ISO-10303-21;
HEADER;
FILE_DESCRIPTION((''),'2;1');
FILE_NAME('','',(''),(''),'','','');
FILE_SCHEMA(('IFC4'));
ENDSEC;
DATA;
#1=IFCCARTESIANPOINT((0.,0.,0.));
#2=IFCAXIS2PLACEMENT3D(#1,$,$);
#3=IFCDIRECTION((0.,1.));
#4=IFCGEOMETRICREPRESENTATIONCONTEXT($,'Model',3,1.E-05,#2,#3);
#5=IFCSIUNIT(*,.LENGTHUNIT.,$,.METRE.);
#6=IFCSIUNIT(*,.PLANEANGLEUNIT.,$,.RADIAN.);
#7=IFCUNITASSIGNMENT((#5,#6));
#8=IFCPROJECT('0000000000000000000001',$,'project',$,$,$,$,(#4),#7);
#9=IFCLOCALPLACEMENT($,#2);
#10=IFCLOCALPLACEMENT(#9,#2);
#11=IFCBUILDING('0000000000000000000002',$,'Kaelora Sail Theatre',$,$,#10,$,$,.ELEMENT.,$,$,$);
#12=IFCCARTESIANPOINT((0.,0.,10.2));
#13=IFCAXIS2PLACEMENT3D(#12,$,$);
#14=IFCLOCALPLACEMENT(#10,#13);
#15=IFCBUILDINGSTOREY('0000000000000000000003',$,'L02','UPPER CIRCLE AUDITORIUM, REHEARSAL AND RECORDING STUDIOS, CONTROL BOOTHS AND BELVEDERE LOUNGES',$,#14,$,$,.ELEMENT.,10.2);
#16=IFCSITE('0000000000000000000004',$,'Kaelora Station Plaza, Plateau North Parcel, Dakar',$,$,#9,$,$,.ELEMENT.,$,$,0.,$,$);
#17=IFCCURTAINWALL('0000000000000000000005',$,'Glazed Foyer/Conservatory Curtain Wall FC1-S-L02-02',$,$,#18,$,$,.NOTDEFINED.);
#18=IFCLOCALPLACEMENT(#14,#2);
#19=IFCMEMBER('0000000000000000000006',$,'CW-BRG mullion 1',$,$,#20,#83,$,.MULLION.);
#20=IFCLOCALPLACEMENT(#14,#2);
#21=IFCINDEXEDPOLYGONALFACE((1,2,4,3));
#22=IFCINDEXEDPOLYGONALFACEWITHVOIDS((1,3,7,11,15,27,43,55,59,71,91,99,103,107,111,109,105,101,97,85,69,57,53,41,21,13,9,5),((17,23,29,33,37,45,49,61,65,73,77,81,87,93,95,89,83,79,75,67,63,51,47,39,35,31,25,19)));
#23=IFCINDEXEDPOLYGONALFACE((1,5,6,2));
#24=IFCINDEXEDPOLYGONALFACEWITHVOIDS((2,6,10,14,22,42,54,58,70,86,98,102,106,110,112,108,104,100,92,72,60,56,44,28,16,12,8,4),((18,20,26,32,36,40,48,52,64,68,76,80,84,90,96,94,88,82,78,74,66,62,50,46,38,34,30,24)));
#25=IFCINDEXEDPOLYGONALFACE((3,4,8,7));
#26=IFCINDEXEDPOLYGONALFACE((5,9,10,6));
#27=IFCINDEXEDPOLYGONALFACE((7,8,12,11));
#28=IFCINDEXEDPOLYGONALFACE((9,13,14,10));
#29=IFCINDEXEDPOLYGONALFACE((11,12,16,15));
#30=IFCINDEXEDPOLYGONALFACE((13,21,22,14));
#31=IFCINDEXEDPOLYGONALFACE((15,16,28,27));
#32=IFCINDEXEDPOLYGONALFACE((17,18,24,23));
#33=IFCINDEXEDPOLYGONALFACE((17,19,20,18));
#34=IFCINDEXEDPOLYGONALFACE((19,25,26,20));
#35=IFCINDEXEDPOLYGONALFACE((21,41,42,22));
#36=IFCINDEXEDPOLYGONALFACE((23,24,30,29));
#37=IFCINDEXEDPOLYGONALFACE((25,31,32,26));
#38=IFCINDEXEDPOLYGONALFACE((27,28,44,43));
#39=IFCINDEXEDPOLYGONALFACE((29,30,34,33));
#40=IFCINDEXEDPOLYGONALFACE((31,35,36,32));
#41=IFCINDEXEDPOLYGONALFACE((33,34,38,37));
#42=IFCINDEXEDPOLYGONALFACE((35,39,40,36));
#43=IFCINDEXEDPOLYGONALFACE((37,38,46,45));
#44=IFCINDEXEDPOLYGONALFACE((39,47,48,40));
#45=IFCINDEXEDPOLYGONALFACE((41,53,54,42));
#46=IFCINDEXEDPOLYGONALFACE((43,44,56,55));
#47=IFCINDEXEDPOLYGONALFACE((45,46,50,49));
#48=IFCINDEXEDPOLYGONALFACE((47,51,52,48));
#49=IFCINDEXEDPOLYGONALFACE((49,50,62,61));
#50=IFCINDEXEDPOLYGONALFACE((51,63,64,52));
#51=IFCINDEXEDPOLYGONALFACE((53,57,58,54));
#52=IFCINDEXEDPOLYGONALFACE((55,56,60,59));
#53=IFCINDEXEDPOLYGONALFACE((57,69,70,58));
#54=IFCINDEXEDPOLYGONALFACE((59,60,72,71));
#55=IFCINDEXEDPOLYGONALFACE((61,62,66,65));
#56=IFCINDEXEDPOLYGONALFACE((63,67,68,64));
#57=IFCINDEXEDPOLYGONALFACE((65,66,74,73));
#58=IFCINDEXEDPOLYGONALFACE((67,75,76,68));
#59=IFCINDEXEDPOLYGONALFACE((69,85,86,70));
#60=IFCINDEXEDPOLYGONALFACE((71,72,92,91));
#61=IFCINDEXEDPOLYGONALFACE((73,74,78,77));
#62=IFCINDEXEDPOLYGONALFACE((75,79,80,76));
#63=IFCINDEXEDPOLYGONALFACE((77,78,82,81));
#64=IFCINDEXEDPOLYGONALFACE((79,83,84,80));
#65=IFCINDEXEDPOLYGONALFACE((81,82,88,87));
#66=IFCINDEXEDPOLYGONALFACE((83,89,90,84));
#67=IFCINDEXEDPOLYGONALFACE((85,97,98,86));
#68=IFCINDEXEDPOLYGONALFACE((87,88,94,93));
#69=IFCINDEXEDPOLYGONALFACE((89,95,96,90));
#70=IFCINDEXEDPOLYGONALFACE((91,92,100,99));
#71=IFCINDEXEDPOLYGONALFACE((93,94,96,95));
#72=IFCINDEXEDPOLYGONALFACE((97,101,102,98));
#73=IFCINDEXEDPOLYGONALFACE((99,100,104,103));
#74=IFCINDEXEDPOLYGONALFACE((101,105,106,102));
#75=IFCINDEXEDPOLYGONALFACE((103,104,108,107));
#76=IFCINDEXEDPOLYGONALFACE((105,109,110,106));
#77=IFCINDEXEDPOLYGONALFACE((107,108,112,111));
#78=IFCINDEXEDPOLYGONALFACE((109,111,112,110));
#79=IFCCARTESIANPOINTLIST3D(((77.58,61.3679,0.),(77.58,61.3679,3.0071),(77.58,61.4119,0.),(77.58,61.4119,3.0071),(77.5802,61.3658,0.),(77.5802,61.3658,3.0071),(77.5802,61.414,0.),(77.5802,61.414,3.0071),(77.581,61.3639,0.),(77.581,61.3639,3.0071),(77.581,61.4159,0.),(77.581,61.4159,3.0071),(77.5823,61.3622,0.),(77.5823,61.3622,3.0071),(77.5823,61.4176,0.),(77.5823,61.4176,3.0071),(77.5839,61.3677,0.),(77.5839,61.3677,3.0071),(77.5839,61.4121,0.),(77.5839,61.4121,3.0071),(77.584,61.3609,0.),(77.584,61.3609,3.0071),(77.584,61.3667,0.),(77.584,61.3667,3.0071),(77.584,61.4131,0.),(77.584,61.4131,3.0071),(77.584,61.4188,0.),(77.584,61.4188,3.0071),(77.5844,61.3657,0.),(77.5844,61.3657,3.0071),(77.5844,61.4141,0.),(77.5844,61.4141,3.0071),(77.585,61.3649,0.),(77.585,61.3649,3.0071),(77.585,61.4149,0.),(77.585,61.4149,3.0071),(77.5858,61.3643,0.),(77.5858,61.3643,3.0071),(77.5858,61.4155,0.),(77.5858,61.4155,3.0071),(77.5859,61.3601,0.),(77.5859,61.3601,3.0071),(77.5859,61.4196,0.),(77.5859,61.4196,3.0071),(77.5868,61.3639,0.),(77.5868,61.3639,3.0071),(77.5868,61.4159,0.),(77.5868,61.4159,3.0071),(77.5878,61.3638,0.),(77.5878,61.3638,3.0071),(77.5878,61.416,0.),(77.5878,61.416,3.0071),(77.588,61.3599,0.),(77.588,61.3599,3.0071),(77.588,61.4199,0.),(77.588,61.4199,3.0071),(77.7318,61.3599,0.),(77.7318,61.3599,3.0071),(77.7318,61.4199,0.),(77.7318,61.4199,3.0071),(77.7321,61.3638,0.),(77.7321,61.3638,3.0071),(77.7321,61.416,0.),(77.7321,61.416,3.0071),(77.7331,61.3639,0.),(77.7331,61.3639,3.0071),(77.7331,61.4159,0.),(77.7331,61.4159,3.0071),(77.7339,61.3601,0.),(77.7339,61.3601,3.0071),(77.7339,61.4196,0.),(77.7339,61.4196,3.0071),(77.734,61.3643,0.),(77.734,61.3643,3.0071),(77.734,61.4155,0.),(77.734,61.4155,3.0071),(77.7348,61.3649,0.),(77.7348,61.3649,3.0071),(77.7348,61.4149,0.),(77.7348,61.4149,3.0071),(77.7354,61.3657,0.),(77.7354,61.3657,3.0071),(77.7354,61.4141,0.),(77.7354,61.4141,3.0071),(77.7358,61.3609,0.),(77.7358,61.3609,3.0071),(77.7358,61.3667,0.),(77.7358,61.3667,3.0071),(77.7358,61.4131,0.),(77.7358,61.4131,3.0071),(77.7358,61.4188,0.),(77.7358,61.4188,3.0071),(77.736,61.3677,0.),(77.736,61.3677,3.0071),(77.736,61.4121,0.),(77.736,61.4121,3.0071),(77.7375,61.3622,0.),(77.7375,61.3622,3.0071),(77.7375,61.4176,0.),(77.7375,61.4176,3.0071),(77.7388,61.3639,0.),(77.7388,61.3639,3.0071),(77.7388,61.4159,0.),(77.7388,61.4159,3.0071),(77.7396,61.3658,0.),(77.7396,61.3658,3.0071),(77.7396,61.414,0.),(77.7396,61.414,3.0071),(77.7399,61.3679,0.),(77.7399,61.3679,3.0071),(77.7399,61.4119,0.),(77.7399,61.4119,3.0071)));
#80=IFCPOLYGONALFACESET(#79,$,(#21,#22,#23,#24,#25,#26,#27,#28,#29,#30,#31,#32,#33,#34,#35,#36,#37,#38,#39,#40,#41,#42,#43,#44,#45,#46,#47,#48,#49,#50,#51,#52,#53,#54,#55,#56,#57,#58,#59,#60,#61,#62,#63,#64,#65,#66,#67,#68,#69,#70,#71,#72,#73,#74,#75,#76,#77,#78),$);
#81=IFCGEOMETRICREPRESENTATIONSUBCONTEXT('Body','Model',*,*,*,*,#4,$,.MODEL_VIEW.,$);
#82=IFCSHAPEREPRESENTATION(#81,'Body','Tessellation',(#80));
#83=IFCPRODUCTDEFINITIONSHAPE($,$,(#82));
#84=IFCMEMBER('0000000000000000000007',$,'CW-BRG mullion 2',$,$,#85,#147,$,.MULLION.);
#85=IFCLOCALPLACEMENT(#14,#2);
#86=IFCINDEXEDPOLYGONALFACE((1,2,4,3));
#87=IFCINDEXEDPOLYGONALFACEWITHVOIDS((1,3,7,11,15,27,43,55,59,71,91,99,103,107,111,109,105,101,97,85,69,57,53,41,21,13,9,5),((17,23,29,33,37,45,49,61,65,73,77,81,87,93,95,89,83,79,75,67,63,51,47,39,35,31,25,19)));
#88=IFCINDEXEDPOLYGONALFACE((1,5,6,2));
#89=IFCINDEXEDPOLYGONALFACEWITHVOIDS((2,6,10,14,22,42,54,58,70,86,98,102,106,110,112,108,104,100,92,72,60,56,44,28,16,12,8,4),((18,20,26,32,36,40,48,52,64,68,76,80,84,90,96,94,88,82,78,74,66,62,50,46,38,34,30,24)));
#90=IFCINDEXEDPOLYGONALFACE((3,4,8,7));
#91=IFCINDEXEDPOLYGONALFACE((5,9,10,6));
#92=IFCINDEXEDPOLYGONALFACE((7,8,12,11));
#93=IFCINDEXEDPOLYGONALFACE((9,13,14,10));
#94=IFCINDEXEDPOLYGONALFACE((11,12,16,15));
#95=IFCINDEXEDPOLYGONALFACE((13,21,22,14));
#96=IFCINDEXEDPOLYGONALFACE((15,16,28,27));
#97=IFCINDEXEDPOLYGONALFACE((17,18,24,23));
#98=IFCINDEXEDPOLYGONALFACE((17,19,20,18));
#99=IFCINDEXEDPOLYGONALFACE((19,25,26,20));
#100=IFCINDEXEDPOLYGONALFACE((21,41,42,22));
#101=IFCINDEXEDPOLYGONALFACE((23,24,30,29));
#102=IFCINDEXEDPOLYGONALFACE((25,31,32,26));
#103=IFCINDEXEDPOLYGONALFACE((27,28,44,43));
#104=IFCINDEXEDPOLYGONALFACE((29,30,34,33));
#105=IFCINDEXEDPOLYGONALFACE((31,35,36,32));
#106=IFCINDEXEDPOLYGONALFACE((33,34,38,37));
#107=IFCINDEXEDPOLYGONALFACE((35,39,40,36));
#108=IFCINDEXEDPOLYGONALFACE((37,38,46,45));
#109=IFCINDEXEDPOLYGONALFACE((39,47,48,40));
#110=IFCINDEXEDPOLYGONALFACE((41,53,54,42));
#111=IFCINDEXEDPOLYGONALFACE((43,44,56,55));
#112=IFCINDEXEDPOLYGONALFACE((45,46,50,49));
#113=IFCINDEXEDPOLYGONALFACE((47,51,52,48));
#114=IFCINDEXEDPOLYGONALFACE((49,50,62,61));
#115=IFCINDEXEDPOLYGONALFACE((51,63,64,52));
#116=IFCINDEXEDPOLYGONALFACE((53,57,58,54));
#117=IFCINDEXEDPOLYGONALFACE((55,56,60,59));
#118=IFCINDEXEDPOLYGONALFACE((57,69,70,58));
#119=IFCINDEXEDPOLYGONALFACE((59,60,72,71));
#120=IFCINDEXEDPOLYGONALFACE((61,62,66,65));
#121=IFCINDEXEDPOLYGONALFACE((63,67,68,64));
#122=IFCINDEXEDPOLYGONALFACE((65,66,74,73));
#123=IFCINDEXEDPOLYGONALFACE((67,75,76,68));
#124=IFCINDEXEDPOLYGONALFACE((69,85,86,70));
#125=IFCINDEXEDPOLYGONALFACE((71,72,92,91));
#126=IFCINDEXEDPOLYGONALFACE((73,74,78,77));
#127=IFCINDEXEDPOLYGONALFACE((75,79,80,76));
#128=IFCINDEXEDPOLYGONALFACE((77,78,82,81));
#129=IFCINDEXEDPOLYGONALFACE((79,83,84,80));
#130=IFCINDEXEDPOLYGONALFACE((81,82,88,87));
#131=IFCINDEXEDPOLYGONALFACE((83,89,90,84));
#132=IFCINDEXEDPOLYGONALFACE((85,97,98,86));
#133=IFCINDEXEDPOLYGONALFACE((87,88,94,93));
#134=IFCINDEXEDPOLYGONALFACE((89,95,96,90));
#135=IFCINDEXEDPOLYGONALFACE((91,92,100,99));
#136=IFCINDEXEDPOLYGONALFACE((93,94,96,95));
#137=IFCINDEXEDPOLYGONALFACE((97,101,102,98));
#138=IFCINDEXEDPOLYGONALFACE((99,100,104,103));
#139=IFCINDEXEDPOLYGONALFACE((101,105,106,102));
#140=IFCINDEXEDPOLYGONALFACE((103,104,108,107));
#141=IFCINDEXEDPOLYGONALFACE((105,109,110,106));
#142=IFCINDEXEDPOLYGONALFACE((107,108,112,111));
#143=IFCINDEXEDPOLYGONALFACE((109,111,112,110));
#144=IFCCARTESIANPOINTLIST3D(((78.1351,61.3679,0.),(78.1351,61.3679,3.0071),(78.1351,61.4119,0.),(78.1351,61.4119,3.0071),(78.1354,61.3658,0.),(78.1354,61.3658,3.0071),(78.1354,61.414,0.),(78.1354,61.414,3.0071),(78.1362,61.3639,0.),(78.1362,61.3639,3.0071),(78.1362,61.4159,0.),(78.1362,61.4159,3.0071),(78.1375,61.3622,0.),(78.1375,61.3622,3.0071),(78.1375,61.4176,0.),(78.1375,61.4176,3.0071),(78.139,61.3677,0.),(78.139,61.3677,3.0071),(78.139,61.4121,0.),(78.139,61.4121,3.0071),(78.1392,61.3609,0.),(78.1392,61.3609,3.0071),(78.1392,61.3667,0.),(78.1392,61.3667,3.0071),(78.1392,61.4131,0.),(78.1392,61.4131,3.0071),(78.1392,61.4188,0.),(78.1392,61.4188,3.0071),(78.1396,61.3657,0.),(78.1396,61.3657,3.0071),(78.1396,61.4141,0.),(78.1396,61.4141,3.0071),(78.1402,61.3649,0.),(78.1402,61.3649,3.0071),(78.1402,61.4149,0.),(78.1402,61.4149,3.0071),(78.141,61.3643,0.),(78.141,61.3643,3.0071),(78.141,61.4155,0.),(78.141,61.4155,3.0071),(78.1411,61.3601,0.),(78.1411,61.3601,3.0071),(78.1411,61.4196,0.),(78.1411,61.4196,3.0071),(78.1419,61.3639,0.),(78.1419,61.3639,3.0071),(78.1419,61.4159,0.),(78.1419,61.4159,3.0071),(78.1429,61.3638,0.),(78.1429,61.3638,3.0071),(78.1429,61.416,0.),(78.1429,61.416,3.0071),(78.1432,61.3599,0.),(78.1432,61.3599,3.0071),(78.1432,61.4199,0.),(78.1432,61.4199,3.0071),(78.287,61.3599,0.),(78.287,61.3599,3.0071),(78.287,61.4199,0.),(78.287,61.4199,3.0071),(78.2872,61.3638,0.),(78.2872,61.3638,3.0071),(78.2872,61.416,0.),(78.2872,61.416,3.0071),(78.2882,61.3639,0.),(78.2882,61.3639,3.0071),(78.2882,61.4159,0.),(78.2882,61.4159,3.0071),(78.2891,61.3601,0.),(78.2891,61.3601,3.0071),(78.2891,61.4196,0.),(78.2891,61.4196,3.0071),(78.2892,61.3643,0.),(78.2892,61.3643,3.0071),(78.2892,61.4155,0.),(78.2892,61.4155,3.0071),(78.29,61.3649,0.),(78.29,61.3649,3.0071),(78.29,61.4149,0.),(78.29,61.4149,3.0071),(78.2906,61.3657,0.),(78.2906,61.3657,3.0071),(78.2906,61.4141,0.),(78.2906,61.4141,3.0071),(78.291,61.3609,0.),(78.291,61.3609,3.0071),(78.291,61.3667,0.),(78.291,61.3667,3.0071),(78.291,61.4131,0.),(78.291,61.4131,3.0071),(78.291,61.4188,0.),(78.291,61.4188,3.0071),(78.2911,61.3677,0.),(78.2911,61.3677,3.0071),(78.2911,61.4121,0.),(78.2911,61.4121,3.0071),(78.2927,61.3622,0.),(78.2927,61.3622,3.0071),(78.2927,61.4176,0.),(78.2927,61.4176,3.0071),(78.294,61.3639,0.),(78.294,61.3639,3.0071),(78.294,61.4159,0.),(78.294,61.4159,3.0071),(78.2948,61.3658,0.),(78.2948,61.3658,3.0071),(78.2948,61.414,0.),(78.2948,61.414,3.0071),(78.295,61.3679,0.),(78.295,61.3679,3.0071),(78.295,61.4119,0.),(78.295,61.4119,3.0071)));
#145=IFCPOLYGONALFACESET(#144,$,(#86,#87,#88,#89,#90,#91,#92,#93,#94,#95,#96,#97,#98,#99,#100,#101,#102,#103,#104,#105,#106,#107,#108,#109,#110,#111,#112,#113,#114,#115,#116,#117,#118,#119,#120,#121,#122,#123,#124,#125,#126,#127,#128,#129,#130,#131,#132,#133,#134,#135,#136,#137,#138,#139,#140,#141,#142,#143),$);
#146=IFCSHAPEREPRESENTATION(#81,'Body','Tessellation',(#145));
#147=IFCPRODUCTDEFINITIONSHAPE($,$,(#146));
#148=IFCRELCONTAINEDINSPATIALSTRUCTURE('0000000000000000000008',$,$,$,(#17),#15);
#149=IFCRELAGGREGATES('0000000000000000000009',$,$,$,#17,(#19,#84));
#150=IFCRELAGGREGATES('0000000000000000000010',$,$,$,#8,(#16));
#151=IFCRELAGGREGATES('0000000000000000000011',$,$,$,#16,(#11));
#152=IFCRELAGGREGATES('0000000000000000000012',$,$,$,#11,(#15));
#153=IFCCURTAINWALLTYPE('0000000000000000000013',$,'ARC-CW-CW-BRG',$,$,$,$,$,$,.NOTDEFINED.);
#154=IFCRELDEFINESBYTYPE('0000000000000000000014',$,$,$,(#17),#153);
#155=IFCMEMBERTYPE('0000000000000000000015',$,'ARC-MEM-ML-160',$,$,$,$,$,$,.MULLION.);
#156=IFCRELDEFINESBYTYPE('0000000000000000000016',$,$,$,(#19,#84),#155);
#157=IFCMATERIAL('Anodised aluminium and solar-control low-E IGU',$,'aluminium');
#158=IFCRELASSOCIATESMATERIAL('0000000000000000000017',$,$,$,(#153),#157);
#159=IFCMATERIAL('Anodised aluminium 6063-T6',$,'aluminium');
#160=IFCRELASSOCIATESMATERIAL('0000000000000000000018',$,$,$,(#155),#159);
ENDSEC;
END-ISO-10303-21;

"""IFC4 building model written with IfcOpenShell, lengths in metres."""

from ifc_helpers import new_model, si_unit, direction, frame, origin, origin_2d, place, context, subcontext, project, spatial, hollow_rectangle, extrude, material, material_profile, profile_set, type_object, element, aggregate, save


model = new_model("IFC4")

# Units and contexts
model_context = context("Model", 3, precision=1e-05, world=origin(), true_north=direction((0.0, 1.0)))
body_context = subcontext(model_context, "Body", "Model", "MODEL_VIEW")
ifc_project = project(units=[si_unit("LENGTHUNIT", "METRE"), si_unit("PLANEANGLEUNIT", "RADIAN")], contexts=[model_context])

# Site, building, storey
site_placement = place(None, origin())
site = spatial("IfcSite", under=ifc_project, at=site_placement, Name="Kaelora Station Plaza, Plateau North Parcel, Dakar", CompositionType="ELEMENT", RefElevation=0.0)
building_placement = place(site_placement, origin())
building = spatial("IfcBuilding", under=site, at=building_placement, Name="Kaelora Sail Theatre", CompositionType="ELEMENT")
storey_placement = place(building_placement, frame((0.0, 0.0, 10.2)))
storey = spatial("IfcBuildingStorey", under=building, at=storey_placement, Name="L02", Description="UPPER CIRCLE AUDITORIUM, REHEARSAL AND RECORDING STUDIOS, CONTROL BOOTHS AND BELVEDERE LOUNGES", CompositionType="ELEMENT", Elevation=10.2)

# Curtain wall, members
ifc_material_1 = material(Name="Anodised aluminium and solar-control low-E IGU", Category="aluminium")
curtain_wall_type = type_object("IfcCurtainWallType", Name="ARC-CW-CW-BRG", PredefinedType="NOTDEFINED", material=ifc_material_1)
curtain_wall_1_placement = place(storey_placement, origin())
curtain_wall_1 = element("IfcCurtainWall", 1, at=curtain_wall_1_placement, inside=storey, type_object=curtain_wall_type, Name="Glazed Foyer/Conservatory Curtain Wall FC1-S-L02-02", PredefinedType="NOTDEFINED")
ifc_material_2 = material(Name="Anodised aluminium 6063-T6", Category="aluminium")
ifc_material_profile_1 = material_profile(ifc_material_2, hollow_rectangle(XDim=0.0601, YDim=0.1599, WallThickness=0.0039, InnerFilletRadius=0.0039, OuterFilletRadius=0.0081, at=origin_2d()), Name="ALU-MULL 60x160x4")
ifc_profile_set_1 = profile_set([ifc_material_profile_1], Name="Anodised aluminium 6063-T6")
member_type_1 = type_object("IfcMemberType", Name="ARC-MEM-ML-160", PredefinedType="MULLION", material=ifc_profile_set_1)
member_1_placement = place(storey_placement, frame((77.6599, 61.3899, 0.0), z_axis=(0.0, 0.0, 1.0), x_axis=(0.0, 1.0, 0.0)))
member_1 = element("IfcMember", 2, at=member_1_placement, type_object=member_type_1, Name="CW-BRG mullion 1", PredefinedType="MULLION", context=body_context, shape_type="SweptSolid", body=[
    extrude(hollow_rectangle(XDim=0.0601, YDim=0.1599, WallThickness=0.0039, InnerFilletRadius=0.0039, OuterFilletRadius=0.0081, at=origin_2d()), origin(), (0.0, 0.0, 1.0), 3.0071),
])
member_2_placement = place(storey_placement, frame((78.2151, 61.3899, 0.0), z_axis=(0.0, 0.0, 1.0), x_axis=(0.0, 1.0, 0.0)))
member_2 = element("IfcMember", 3, at=member_2_placement, type_object=member_type_1, Name="CW-BRG mullion 2", PredefinedType="MULLION", context=body_context, shape_type="SweptSolid", body=[
    extrude(hollow_rectangle(XDim=0.0601, YDim=0.1599, WallThickness=0.0039, InnerFilletRadius=0.0039, OuterFilletRadius=0.0081, at=origin_2d()), origin(), (0.0, 0.0, 1.0), 3.0071),
])

aggregate(curtain_wall_1, [member_1, member_2])

save(model, "model.ifc")
